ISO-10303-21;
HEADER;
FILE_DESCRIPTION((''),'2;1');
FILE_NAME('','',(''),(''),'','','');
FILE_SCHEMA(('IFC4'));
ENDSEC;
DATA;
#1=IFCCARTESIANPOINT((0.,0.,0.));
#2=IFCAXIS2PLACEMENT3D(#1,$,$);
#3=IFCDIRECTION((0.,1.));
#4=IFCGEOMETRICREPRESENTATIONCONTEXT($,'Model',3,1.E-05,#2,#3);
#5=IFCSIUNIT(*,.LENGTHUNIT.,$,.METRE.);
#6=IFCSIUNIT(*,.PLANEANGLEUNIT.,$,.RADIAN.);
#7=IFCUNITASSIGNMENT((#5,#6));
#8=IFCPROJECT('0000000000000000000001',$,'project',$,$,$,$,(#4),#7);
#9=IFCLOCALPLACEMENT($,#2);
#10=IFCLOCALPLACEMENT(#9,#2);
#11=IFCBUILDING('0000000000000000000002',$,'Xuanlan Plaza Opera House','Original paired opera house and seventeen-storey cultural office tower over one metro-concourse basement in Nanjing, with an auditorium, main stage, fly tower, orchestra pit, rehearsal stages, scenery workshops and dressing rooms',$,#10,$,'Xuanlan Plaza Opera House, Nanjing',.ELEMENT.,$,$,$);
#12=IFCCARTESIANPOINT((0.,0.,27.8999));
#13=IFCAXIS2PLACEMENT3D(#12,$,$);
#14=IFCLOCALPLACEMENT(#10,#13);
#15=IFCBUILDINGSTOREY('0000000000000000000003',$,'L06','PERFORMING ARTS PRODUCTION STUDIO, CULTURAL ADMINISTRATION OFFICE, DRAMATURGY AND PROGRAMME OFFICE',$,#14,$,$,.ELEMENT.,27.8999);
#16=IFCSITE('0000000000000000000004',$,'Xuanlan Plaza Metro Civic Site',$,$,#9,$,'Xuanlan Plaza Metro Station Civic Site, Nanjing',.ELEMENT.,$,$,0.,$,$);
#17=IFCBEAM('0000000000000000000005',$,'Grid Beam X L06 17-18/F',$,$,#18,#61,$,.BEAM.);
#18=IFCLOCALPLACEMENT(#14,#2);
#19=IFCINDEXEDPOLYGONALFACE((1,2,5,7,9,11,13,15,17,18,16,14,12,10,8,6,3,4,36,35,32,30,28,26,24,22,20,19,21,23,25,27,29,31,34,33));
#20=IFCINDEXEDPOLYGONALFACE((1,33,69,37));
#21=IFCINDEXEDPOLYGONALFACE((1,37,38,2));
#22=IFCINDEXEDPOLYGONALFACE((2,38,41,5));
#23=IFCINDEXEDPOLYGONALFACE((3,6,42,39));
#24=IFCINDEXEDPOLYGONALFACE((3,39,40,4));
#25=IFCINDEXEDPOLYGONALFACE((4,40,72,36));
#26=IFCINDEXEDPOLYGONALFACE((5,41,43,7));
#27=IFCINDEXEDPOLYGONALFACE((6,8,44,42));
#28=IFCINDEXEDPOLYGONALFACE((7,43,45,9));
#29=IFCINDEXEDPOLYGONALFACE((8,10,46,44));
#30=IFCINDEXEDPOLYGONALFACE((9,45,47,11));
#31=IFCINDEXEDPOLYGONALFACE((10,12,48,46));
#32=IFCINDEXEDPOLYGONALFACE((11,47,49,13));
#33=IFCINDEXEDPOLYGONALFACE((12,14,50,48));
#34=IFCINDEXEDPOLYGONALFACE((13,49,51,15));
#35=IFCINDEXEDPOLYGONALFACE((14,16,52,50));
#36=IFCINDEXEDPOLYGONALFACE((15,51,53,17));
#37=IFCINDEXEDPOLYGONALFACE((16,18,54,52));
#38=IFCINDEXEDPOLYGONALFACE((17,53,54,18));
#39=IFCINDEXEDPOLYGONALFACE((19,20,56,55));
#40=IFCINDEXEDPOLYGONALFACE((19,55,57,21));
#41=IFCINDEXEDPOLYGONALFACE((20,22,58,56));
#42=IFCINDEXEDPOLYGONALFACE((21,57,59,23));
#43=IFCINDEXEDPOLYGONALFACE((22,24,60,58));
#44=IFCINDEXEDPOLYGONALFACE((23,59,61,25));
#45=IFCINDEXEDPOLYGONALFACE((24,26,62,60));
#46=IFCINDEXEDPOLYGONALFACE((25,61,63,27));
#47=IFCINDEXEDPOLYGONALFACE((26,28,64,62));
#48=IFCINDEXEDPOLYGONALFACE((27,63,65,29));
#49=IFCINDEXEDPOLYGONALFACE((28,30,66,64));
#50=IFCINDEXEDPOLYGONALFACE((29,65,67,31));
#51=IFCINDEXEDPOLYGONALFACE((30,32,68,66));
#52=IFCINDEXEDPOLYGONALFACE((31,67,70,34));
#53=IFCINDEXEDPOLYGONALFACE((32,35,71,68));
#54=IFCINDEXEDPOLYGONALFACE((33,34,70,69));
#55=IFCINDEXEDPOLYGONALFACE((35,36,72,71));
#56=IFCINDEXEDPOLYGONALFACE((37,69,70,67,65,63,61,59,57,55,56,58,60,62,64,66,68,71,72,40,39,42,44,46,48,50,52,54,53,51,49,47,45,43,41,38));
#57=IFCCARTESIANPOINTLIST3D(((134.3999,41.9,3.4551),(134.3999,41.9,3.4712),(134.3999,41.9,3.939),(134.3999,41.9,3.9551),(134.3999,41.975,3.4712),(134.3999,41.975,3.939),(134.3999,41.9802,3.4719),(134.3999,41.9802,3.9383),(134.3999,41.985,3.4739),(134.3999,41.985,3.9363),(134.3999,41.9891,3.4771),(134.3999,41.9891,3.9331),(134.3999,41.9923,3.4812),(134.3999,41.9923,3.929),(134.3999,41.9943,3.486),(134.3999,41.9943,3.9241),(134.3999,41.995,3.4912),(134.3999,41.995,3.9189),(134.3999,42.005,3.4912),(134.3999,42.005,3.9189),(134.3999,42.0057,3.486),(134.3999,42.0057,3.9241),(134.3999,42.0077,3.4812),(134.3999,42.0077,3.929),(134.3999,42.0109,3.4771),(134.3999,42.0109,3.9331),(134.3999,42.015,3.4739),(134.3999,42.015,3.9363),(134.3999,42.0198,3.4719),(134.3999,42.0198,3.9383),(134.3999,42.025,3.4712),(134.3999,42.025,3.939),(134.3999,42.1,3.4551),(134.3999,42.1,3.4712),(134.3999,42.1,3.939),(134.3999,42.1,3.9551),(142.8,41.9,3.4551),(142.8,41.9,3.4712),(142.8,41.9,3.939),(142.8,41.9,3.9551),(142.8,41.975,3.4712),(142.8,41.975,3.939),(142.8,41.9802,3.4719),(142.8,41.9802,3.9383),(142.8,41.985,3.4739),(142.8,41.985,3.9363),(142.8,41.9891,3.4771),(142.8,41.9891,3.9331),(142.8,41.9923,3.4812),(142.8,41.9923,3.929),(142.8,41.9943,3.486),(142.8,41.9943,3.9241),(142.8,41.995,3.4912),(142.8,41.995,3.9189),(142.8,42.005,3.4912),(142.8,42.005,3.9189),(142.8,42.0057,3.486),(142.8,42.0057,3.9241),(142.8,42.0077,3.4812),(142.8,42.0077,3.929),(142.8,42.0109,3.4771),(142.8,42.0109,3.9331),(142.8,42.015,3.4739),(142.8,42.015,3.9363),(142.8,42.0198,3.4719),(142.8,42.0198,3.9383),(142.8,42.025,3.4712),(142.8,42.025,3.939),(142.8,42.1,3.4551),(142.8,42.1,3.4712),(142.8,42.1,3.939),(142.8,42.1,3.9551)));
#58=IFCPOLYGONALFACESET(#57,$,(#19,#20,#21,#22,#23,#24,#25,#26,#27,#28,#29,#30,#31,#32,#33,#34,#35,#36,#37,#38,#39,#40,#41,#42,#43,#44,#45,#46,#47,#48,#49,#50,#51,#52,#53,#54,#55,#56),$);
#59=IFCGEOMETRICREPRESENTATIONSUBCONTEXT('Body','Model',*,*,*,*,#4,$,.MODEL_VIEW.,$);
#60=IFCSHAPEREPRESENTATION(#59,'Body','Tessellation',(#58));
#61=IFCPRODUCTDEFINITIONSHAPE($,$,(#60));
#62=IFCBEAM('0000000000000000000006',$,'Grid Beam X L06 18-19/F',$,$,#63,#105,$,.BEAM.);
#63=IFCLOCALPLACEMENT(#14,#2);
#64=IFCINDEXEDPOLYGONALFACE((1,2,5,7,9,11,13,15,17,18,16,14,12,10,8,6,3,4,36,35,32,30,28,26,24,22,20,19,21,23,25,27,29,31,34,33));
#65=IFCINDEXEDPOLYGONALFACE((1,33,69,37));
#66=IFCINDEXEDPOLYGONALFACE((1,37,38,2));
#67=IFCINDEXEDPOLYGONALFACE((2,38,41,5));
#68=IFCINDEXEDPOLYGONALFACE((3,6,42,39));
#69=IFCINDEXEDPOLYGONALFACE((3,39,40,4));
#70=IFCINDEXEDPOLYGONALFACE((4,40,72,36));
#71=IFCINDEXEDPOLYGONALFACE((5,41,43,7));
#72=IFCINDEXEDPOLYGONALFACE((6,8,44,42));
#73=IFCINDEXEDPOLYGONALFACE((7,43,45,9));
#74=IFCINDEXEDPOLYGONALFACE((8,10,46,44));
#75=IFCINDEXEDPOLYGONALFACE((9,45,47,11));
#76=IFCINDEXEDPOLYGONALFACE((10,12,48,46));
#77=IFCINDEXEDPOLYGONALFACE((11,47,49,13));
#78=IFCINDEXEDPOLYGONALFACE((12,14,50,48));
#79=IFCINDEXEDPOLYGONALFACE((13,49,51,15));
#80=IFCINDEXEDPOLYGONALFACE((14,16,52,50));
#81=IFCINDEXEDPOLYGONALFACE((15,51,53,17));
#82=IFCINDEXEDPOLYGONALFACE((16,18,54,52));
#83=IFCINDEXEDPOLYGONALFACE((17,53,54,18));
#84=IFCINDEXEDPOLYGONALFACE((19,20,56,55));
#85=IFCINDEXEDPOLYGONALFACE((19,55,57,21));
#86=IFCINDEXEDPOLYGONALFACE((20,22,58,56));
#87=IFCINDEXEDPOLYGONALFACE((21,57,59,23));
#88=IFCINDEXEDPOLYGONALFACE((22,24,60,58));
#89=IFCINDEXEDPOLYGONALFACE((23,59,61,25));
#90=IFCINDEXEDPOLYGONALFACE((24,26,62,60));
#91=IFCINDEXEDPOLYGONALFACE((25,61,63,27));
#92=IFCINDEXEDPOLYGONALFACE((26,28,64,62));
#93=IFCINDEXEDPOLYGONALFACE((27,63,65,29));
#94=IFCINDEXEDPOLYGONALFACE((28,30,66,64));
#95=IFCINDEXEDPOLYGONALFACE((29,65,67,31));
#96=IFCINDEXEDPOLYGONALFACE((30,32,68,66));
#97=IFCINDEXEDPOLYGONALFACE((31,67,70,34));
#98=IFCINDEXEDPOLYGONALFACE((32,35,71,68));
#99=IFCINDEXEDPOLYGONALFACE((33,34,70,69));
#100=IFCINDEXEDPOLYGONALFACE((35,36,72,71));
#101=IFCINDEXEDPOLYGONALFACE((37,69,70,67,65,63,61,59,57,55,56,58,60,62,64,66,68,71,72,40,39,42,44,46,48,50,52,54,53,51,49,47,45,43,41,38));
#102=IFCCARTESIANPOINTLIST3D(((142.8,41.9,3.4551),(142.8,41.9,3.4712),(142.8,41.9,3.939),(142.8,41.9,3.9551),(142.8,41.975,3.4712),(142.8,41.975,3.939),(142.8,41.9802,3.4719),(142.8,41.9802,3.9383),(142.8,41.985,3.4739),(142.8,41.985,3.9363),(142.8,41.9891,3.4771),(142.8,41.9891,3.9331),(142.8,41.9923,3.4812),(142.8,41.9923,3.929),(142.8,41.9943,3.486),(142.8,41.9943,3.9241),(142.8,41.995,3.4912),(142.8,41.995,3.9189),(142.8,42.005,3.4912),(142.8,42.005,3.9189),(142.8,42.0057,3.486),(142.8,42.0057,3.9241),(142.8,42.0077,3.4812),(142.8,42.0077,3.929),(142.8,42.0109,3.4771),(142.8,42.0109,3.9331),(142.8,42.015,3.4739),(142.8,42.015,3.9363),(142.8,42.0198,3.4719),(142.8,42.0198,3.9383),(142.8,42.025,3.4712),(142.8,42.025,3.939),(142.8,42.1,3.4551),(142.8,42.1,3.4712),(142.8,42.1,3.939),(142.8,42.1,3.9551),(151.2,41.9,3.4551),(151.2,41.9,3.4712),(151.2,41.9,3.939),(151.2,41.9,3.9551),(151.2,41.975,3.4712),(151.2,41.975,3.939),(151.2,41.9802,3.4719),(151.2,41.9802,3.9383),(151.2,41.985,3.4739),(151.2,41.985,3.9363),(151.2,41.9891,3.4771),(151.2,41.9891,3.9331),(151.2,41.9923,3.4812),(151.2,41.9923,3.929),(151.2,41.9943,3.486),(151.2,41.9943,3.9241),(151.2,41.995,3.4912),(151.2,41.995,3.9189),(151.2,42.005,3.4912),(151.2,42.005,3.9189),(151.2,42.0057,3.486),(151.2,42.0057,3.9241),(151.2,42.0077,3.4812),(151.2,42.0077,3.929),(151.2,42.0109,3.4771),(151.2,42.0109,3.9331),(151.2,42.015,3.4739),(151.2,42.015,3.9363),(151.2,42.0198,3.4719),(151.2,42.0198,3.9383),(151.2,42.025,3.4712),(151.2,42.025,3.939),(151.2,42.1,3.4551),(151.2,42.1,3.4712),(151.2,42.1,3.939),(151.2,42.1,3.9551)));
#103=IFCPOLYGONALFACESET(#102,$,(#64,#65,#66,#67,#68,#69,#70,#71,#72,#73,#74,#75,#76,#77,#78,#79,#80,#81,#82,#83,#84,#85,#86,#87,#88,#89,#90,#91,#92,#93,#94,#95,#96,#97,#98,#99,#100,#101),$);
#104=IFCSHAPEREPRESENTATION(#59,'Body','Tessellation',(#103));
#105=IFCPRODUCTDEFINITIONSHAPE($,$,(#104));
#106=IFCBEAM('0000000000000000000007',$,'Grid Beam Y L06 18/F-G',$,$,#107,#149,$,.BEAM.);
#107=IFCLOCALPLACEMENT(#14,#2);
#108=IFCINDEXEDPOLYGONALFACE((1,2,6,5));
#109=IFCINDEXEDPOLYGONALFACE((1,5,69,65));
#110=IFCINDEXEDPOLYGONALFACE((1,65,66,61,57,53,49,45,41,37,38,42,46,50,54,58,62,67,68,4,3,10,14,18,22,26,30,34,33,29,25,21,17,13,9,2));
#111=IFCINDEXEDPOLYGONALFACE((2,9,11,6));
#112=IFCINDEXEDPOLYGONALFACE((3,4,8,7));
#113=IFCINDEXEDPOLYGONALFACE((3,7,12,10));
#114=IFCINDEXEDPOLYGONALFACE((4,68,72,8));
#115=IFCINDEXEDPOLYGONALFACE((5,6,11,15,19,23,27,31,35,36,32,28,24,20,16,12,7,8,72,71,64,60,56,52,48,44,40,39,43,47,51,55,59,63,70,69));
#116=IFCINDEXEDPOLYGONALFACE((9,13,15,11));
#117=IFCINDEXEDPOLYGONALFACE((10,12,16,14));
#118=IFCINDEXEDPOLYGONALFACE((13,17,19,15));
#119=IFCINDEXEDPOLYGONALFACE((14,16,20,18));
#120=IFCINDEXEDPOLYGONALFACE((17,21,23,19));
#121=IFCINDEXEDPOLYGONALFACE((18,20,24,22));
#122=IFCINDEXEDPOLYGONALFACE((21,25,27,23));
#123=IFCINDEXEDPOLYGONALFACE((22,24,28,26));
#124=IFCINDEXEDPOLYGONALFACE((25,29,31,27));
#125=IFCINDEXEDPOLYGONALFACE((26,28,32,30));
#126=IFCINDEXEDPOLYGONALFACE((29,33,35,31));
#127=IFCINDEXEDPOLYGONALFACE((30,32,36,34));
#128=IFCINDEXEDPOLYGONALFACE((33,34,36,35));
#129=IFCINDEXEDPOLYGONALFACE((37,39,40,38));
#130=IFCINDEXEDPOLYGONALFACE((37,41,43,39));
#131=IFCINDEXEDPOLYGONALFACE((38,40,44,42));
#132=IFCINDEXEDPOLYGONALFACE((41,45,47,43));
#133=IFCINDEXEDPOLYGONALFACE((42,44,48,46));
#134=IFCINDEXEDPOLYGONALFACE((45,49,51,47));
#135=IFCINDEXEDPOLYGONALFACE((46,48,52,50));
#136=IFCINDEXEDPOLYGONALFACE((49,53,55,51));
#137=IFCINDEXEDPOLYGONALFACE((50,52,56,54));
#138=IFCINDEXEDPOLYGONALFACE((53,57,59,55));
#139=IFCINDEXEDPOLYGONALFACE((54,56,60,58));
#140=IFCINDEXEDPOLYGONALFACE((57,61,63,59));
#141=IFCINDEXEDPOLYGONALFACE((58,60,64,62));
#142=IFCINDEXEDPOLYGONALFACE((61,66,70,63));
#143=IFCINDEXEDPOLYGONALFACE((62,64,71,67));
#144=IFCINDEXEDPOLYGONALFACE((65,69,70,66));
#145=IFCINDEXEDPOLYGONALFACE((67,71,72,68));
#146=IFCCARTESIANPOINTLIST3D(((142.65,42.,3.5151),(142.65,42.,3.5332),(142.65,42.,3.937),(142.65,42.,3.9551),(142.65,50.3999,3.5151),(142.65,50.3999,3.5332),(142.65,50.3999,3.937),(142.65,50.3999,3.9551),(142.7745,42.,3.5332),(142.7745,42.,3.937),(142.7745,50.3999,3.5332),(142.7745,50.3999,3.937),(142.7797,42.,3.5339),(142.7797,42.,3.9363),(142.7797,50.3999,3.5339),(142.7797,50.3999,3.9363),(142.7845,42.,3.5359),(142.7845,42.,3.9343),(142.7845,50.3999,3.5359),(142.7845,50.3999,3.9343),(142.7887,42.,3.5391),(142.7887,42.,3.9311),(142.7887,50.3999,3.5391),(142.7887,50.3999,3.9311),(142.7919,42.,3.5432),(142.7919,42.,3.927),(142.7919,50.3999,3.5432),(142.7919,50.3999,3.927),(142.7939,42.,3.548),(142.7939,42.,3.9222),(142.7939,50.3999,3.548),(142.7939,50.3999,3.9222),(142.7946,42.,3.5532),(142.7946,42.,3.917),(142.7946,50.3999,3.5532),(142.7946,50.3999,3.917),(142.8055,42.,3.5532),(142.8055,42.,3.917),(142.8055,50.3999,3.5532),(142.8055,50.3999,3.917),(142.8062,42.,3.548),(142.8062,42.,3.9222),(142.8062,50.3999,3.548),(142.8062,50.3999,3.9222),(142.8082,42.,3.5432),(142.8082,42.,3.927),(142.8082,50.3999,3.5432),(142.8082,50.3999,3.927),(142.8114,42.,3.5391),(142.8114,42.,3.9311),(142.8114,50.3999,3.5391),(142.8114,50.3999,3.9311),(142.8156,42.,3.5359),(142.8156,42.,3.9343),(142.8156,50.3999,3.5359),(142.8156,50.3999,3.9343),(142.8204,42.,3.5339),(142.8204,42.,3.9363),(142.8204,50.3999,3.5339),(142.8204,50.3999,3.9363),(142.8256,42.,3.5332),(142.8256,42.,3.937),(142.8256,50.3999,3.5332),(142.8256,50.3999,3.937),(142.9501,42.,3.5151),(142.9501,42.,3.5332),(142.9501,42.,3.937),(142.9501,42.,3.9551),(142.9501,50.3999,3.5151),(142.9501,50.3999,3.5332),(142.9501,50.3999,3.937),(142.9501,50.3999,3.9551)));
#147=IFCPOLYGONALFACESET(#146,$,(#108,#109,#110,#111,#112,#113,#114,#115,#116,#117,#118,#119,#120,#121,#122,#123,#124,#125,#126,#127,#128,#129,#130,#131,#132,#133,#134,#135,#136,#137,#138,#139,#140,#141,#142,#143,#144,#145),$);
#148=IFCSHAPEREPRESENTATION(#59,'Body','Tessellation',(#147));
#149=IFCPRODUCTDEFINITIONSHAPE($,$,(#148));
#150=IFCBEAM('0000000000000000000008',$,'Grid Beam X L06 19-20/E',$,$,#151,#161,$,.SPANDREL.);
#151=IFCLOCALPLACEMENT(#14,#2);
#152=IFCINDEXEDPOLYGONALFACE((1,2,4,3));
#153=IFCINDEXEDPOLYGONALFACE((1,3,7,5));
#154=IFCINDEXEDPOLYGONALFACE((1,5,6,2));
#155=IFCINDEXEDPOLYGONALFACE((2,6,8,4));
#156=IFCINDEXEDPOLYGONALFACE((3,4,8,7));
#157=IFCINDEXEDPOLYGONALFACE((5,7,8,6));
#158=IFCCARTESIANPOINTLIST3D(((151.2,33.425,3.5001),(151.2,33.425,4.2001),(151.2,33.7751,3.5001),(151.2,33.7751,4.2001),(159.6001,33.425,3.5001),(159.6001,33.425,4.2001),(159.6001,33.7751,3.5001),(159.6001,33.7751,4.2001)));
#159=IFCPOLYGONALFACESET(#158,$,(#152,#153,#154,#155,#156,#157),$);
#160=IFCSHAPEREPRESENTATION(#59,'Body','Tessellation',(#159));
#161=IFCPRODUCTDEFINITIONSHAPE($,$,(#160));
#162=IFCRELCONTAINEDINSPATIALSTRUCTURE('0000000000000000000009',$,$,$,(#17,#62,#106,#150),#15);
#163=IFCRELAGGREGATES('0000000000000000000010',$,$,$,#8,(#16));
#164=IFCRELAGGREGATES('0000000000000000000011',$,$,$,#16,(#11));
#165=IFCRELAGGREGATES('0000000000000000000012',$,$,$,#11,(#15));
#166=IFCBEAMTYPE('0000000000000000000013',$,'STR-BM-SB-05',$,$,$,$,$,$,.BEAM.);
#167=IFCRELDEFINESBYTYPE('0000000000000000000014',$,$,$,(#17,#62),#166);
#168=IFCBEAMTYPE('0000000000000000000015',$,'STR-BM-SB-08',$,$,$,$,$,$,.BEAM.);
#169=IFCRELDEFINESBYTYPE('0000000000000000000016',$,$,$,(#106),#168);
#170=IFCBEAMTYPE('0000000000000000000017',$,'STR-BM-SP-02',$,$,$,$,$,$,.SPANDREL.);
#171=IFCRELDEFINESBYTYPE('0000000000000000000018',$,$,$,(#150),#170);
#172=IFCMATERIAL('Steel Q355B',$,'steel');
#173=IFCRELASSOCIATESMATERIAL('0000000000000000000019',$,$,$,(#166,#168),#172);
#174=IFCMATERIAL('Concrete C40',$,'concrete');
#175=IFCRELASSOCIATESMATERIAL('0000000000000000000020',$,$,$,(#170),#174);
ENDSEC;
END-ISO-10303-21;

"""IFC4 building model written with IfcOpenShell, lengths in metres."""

from ifc_helpers import new_model, si_unit, direction, frame, origin, origin_2d, place, context, subcontext, project, spatial, rectangle, i_section, extrude, material, material_profile, profile_set, type_object, element, save


model = new_model("IFC4")

# Units and contexts
model_context = context("Model", 3, precision=1e-05, world=origin(), true_north=direction((0.0, 1.0)))
body_context = subcontext(model_context, "Body", "Model", "MODEL_VIEW")
ifc_project = project(units=[si_unit("LENGTHUNIT", "METRE"), si_unit("PLANEANGLEUNIT", "RADIAN")], contexts=[model_context])

# Site, building, storey
site_placement = place(None, origin())
site = spatial("IfcSite", under=ifc_project, at=site_placement, Name="Xuanlan Plaza Metro Civic Site", LongName="Xuanlan Plaza Metro Station Civic Site, Nanjing", CompositionType="ELEMENT", RefElevation=0.0)
building_placement = place(site_placement, origin())
building = spatial("IfcBuilding", under=site, at=building_placement, Name="Xuanlan Plaza Opera House", Description="Original paired opera house and seventeen-storey cultural office tower over one metro-concourse basement in Nanjing, with an auditorium, main stage, fly tower, orchestra pit, rehearsal stages, scenery workshops and dressing rooms", LongName="Xuanlan Plaza Opera House, Nanjing", CompositionType="ELEMENT")
storey_placement = place(building_placement, frame((0.0, 0.0, 27.8999)))
storey = spatial("IfcBuildingStorey", under=building, at=storey_placement, Name="L06", Description="PERFORMING ARTS PRODUCTION STUDIO, CULTURAL ADMINISTRATION OFFICE, DRAMATURGY AND PROGRAMME OFFICE", CompositionType="ELEMENT", Elevation=27.8999)

# Shared definitions
ifc_material_1 = material(Name="Steel Q355B", Category="steel")

# Beams
ifc_material_2 = material(Name="Concrete C40", Category="concrete")
ifc_material_profile_1 = material_profile(ifc_material_1, i_section(OverallWidth=0.2, OverallDepth=0.5, WebThickness=0.01, FlangeThickness=0.0161, FilletRadius=0.02, at=origin_2d()), Name="HN 500x200x10x16")
ifc_profile_set_1 = profile_set([ifc_material_profile_1], Name="Steel Q355B")
beam_type_1 = type_object("IfcBeamType", Name="STR-BM-SB-05", PredefinedType="BEAM", material=ifc_profile_set_1)
beam_1_placement = place(storey_placement, frame((134.3999, 42.0, 3.7051), z_axis=(1.0, 0.0, 0.0), x_axis=(0.0, 1.0, 0.0)))
element("IfcBeam", 1, at=beam_1_placement, inside=storey, type_object=beam_type_1, Name="Grid Beam X L06 17-18/F", PredefinedType="BEAM", context=body_context, shape_type="SweptSolid", body=[
    extrude(i_section(OverallWidth=0.2, OverallDepth=0.5, WebThickness=0.01, FlangeThickness=0.0161, FilletRadius=0.02, at=origin_2d()), origin(), (0.0, 0.0, 1.0), 8.4001),
])
beam_2_placement = place(storey_placement, frame((142.8, 42.0, 3.7051), z_axis=(1.0, 0.0, 0.0), x_axis=(0.0, 1.0, 0.0)))
element("IfcBeam", 2, at=beam_2_placement, inside=storey, type_object=beam_type_1, Name="Grid Beam X L06 18-19/F", PredefinedType="BEAM", context=body_context, shape_type="SweptSolid", body=[
    extrude(i_section(OverallWidth=0.2, OverallDepth=0.5, WebThickness=0.01, FlangeThickness=0.0161, FilletRadius=0.02, at=origin_2d()), origin(), (0.0, 0.0, 1.0), 8.3999),
])
ifc_material_profile_2 = material_profile(ifc_material_1, i_section(OverallWidth=0.3, OverallDepth=0.4399, WebThickness=0.011, FlangeThickness=0.0181, FilletRadius=0.02, at=origin_2d()), Name="HM 440x300x11x18")
ifc_profile_set_2 = profile_set([ifc_material_profile_2], Name="Steel Q355B")
beam_type_2 = type_object("IfcBeamType", Name="STR-BM-SB-08", PredefinedType="BEAM", material=ifc_profile_set_2)
beam_3_placement = place(storey_placement, frame((142.8, 42.0, 3.7351), z_axis=(0.0, 1.0, 0.0), x_axis=(-1.0, 0.0, 0.0)))
element("IfcBeam", 3, at=beam_3_placement, inside=storey, type_object=beam_type_2, Name="Grid Beam Y L06 18/F-G", PredefinedType="BEAM", context=body_context, shape_type="SweptSolid", body=[
    extrude(i_section(OverallWidth=0.3, OverallDepth=0.4399, WebThickness=0.011, FlangeThickness=0.0181, FilletRadius=0.02, at=origin_2d()), origin(), (0.0, 0.0, 1.0), 8.3999),
])
ifc_material_profile_3 = material_profile(ifc_material_2, rectangle(XDim=0.3501, YDim=0.7, at=origin_2d()), Name="RC-SPD 350x700")
ifc_profile_set_3 = profile_set([ifc_material_profile_3], Name="Concrete C40")
beam_type_3 = type_object("IfcBeamType", Name="STR-BM-SP-02", PredefinedType="SPANDREL", material=ifc_profile_set_3)
beam_4_placement = place(storey_placement, frame((151.2, 33.6001, 3.8501), z_axis=(1.0, 0.0, 0.0), x_axis=(0.0, 1.0, 0.0)))
element("IfcBeam", 4, at=beam_4_placement, inside=storey, type_object=beam_type_3, Name="Grid Beam X L06 19-20/E", PredefinedType="SPANDREL", context=body_context, shape_type="SweptSolid", body=[
    extrude(rectangle(XDim=0.3501, YDim=0.7, at=origin_2d()), origin(), (0.0, 0.0, 1.0), 8.4001),
])

save(model, "model.ifc")
